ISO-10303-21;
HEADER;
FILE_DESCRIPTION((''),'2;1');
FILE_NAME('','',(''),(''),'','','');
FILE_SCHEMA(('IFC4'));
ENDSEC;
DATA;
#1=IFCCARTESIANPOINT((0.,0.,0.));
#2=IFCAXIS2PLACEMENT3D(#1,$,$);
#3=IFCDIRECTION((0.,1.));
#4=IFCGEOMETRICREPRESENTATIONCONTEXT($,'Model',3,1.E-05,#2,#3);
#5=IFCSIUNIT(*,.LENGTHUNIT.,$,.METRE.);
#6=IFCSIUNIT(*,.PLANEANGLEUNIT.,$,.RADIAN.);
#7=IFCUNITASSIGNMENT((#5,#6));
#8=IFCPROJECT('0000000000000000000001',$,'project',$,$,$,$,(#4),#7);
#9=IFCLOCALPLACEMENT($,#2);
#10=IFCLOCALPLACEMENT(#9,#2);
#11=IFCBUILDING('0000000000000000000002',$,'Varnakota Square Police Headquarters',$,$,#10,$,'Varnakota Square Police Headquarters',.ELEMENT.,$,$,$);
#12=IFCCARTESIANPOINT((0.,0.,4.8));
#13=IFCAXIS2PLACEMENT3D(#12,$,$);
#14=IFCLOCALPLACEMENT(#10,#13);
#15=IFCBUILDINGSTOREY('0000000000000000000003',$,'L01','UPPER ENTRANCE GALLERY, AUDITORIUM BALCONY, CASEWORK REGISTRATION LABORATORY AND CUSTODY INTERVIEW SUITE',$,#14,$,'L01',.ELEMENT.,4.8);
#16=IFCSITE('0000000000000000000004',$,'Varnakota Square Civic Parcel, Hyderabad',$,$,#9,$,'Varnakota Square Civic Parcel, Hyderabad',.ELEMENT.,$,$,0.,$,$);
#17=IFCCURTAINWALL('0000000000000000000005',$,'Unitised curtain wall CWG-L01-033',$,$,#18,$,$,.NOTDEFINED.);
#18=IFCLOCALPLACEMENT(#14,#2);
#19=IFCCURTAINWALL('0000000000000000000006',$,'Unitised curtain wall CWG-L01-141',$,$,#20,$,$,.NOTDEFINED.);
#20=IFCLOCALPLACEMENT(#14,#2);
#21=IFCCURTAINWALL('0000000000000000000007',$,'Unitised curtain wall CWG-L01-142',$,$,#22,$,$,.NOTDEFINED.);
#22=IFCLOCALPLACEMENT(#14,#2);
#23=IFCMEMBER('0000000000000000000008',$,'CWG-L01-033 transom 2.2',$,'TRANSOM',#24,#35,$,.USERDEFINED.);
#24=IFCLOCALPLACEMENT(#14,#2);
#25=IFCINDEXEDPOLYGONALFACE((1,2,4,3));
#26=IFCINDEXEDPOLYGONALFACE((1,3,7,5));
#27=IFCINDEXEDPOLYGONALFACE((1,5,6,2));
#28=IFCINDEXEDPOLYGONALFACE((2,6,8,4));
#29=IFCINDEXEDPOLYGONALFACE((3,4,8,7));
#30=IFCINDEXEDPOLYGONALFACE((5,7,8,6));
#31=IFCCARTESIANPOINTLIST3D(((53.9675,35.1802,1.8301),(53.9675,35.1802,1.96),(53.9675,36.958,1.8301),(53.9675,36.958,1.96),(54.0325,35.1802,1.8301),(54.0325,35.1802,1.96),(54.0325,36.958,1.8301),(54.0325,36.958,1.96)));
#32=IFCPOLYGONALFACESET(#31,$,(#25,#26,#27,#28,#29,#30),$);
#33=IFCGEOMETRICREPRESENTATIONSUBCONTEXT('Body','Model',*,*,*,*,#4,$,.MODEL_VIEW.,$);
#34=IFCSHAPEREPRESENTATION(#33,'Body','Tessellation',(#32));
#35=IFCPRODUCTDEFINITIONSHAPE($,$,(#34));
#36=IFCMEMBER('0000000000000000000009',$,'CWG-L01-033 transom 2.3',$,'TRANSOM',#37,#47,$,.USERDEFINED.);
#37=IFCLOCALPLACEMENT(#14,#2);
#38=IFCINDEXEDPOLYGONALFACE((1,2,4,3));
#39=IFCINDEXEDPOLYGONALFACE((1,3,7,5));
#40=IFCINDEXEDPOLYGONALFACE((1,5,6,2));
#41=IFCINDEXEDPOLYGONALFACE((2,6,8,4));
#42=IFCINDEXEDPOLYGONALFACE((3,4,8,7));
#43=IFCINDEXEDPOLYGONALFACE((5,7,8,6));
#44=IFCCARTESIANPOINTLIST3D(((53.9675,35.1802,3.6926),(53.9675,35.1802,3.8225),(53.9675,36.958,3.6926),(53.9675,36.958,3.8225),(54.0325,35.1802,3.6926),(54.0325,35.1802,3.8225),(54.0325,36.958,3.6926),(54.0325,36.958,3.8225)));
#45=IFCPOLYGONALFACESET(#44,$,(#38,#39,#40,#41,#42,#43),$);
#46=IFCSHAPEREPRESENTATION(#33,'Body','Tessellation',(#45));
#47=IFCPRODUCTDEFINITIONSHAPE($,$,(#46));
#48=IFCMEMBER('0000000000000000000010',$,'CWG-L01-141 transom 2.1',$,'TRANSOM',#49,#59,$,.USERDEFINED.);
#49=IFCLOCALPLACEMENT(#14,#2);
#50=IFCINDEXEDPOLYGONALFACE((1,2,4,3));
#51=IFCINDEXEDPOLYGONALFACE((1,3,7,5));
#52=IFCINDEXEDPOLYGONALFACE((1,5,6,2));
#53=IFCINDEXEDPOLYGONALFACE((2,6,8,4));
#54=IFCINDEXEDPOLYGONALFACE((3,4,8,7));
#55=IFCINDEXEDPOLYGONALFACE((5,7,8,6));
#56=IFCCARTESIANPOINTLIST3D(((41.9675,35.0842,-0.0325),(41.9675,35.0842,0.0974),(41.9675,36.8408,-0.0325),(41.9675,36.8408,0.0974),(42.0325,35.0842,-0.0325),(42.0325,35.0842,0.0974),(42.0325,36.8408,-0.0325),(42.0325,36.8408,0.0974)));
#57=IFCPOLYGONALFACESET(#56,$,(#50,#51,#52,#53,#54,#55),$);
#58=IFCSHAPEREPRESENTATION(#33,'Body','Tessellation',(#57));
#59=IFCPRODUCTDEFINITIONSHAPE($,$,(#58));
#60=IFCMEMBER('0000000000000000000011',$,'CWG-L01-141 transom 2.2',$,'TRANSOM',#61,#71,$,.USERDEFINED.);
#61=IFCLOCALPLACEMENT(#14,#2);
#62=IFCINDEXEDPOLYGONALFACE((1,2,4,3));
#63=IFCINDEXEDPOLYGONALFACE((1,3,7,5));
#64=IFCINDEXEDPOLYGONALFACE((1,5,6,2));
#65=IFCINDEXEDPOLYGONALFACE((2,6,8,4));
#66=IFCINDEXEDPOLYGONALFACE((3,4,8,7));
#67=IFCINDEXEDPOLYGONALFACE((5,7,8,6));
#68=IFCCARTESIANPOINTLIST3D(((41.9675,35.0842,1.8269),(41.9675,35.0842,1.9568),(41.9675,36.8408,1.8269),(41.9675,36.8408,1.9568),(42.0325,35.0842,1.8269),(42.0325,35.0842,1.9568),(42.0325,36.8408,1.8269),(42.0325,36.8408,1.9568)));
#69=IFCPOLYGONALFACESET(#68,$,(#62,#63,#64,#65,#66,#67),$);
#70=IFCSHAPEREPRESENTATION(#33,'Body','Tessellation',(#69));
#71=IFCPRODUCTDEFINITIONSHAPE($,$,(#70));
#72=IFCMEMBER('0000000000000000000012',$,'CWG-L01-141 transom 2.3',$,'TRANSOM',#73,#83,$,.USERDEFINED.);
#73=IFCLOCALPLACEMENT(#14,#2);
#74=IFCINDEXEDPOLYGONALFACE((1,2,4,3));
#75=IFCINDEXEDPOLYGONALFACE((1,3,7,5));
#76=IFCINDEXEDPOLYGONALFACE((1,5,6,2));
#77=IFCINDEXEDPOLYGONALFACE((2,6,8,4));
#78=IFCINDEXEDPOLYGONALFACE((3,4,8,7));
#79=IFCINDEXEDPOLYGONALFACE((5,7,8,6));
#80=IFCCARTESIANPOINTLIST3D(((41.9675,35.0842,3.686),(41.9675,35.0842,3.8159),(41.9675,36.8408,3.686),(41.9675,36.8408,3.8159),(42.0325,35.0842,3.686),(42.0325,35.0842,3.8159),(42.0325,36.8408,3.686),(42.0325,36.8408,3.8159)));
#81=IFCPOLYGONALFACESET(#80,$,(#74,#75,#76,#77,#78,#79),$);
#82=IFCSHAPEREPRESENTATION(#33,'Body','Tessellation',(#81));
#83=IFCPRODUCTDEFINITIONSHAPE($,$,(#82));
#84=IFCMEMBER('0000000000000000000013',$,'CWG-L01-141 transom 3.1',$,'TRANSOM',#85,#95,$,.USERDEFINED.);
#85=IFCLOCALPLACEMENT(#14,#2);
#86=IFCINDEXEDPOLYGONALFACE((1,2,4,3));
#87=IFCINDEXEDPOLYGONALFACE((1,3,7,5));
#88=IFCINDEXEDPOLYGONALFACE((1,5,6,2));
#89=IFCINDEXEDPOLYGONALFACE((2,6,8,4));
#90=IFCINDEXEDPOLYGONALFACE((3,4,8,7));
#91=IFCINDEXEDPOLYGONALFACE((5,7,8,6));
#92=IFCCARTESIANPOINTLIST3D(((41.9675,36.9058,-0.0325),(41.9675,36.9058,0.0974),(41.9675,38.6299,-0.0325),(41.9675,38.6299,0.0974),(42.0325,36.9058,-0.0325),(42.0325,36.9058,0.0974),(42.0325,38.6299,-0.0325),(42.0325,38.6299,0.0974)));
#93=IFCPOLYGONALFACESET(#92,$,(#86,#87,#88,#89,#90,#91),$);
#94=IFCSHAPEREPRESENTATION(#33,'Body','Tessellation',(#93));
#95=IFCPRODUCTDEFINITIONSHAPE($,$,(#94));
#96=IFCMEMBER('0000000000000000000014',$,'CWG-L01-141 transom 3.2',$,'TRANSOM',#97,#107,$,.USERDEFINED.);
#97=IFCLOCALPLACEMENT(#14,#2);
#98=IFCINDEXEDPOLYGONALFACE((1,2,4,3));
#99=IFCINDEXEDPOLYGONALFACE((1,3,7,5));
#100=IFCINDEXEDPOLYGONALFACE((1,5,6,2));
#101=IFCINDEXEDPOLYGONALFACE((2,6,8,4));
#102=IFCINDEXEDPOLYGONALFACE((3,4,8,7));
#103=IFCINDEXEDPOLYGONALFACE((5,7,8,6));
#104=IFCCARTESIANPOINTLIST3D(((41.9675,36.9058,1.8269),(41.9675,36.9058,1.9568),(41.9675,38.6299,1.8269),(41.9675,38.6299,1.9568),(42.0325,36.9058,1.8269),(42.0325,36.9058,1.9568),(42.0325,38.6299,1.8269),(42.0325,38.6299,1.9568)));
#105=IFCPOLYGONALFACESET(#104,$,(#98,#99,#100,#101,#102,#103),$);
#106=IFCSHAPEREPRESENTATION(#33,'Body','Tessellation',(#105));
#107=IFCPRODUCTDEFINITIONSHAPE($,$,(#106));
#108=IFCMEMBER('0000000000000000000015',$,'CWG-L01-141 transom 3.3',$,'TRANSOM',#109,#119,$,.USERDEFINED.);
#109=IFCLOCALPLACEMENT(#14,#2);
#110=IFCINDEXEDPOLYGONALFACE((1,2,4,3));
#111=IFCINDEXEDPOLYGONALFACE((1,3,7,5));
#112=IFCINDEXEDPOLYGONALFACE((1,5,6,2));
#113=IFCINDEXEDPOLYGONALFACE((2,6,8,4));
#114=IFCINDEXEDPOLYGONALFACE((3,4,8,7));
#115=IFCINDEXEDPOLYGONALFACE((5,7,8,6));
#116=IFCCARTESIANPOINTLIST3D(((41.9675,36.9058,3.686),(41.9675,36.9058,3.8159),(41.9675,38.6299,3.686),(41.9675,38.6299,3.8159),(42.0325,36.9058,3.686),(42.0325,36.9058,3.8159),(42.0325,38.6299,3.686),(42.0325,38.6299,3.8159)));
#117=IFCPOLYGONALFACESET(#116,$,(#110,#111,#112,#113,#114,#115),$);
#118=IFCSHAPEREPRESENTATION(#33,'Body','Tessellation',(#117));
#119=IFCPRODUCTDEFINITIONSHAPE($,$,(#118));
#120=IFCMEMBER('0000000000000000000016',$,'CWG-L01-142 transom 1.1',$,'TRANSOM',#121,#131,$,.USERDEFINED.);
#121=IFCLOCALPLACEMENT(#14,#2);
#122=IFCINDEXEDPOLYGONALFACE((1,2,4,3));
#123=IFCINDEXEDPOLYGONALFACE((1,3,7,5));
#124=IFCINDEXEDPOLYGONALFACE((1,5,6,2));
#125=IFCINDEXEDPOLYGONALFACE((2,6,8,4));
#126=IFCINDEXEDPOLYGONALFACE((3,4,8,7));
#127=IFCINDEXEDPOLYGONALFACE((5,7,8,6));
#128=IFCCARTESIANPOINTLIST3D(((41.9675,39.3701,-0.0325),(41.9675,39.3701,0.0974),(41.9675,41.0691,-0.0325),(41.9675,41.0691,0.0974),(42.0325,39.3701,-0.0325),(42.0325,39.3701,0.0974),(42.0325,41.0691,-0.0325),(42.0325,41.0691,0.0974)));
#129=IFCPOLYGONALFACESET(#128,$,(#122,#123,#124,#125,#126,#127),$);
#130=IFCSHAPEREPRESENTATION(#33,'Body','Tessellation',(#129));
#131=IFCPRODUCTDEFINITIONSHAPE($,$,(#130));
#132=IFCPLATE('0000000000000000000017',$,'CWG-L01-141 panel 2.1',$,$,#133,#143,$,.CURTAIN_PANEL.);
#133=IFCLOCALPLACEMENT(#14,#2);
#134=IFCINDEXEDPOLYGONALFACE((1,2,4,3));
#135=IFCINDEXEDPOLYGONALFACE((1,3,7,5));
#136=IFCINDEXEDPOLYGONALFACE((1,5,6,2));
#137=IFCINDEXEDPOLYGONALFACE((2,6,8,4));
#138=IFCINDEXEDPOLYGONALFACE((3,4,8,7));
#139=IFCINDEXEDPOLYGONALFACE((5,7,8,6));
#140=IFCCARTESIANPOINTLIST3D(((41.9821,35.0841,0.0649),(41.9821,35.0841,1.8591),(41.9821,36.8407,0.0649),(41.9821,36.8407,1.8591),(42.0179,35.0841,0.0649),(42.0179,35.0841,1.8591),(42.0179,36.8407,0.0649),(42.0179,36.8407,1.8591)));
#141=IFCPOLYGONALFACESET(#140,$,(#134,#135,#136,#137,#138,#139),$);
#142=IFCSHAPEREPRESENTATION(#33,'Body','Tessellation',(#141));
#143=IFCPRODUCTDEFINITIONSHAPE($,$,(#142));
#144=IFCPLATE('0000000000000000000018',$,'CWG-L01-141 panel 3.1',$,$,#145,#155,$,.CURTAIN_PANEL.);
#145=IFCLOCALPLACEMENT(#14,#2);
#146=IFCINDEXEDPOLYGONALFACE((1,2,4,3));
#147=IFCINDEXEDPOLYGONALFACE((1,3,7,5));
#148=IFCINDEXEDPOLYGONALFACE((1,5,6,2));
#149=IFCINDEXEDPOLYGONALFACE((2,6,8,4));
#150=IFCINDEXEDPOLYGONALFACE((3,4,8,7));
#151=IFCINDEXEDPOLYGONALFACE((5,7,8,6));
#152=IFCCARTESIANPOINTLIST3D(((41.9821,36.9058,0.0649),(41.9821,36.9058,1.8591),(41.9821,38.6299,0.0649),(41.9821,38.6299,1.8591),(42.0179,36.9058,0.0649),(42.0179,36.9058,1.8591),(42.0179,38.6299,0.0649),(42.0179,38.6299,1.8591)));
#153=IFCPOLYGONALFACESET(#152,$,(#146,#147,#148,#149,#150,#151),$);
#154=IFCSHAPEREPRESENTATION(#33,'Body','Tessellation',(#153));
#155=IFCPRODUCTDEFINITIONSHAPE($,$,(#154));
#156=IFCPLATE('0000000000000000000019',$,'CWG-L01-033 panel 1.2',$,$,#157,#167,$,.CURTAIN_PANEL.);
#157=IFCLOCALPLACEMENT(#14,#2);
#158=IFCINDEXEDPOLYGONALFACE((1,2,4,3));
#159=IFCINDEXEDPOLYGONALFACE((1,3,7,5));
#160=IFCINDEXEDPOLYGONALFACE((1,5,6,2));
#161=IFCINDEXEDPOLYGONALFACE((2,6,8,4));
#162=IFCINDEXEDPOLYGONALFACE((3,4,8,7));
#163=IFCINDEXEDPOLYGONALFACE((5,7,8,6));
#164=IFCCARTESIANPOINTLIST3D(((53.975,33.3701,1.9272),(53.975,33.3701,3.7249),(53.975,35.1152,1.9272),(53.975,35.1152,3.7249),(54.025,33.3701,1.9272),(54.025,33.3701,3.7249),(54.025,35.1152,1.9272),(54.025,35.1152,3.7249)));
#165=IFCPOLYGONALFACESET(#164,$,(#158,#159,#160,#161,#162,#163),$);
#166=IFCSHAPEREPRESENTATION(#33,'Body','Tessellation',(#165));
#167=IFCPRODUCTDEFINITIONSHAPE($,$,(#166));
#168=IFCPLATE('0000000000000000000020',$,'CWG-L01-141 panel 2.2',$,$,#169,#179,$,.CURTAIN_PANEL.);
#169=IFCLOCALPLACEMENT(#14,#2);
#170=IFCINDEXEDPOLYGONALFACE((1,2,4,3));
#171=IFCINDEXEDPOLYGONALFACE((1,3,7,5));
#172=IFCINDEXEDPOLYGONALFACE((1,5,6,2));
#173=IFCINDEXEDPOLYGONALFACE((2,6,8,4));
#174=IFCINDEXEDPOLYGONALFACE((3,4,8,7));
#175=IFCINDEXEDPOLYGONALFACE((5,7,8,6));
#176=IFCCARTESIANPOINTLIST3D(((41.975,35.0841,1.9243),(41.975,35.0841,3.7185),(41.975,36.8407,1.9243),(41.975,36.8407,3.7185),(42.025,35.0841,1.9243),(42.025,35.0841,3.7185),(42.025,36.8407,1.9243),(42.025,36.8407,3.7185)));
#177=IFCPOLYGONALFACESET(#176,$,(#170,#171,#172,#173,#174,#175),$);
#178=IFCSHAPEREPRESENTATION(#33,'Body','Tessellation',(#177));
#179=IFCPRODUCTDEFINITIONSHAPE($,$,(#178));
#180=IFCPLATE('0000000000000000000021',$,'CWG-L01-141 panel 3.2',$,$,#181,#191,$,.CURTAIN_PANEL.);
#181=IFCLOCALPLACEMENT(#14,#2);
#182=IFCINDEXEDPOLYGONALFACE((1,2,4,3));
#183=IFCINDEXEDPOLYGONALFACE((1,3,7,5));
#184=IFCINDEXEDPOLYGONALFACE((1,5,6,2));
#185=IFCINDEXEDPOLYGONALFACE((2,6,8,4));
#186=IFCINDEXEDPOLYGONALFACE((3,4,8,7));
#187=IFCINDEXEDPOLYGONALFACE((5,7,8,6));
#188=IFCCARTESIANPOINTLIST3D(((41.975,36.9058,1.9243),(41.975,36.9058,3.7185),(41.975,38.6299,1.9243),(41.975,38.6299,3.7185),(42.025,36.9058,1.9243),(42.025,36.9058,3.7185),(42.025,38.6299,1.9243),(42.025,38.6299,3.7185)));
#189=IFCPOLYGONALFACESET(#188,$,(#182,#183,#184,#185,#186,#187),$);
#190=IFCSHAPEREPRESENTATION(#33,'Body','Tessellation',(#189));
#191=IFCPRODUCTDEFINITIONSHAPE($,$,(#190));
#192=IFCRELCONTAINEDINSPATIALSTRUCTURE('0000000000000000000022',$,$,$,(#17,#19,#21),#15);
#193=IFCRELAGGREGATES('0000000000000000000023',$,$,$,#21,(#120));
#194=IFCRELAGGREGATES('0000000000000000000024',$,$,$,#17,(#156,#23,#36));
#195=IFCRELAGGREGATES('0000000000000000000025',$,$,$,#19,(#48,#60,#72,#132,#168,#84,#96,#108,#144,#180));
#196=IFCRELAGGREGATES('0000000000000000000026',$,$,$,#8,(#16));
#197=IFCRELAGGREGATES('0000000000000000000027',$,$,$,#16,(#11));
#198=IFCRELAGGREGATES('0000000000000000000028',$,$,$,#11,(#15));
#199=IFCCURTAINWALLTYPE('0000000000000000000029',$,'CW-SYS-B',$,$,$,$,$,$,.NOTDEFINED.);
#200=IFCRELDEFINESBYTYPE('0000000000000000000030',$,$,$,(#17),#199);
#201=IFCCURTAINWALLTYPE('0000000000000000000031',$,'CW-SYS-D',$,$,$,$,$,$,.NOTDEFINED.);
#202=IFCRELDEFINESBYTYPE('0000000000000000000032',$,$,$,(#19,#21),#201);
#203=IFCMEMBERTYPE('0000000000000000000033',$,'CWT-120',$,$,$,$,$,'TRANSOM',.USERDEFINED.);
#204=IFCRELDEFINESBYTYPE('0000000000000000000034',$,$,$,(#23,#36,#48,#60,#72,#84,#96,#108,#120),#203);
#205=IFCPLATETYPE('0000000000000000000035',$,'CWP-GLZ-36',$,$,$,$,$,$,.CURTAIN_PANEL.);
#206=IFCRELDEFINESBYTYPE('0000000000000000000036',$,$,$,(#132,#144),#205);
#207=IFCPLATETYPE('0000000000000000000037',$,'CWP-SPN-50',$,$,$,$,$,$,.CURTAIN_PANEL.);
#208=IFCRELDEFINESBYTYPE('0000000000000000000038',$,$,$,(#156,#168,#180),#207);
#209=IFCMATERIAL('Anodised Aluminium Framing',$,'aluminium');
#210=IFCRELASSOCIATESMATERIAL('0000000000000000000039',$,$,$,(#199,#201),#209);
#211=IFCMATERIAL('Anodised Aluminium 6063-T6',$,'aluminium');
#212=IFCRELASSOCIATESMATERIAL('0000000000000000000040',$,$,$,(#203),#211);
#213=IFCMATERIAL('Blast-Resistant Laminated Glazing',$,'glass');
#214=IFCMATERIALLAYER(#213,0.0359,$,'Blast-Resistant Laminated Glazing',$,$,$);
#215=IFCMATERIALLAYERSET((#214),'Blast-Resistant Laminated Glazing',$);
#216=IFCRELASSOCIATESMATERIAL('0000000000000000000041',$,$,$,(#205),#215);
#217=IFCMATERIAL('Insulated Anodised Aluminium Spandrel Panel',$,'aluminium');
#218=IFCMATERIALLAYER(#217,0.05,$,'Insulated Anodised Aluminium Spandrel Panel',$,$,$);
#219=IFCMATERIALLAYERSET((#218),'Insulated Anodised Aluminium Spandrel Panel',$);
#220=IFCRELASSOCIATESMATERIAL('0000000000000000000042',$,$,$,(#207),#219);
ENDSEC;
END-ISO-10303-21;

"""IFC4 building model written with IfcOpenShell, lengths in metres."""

from ifc_helpers import new_model, si_unit, direction, frame, origin, origin_2d, place, context, subcontext, project, spatial, rectangle, extrude, material, layer, layer_set, material_profile, profile_set, type_object, element, aggregate, save


model = new_model("IFC4")

# Units and contexts
model_context = context("Model", 3, precision=1e-05, world=origin(), true_north=direction((0.0, 1.0)))
body_context = subcontext(model_context, "Body", "Model", "MODEL_VIEW")
ifc_project = project(units=[si_unit("LENGTHUNIT", "METRE"), si_unit("PLANEANGLEUNIT", "RADIAN")], contexts=[model_context])

# Site, building, storey
site_placement = place(None, origin())
site = spatial("IfcSite", under=ifc_project, at=site_placement, Name="Varnakota Square Civic Parcel, Hyderabad", LongName="Varnakota Square Civic Parcel, Hyderabad", CompositionType="ELEMENT", RefElevation=0.0)
building_placement = place(site_placement, origin())
building = spatial("IfcBuilding", under=site, at=building_placement, Name="Varnakota Square Police Headquarters", LongName="Varnakota Square Police Headquarters", CompositionType="ELEMENT")
storey_placement = place(building_placement, frame((0.0, 0.0, 4.8)))
storey = spatial("IfcBuildingStorey", under=building, at=storey_placement, Name="L01", Description="UPPER ENTRANCE GALLERY, AUDITORIUM BALCONY, CASEWORK REGISTRATION LABORATORY AND CUSTODY INTERVIEW SUITE", LongName="L01", CompositionType="ELEMENT", Elevation=4.8)

# Curtain wall
ifc_material_1 = material(Name="Anodised Aluminium Framing", Category="aluminium")
curtain_wall_type_1 = type_object("IfcCurtainWallType", Name="CW-SYS-B", PredefinedType="NOTDEFINED", material=ifc_material_1)
curtain_wall_1_placement = place(storey_placement, origin())
curtain_wall_1 = element("IfcCurtainWall", 1, at=curtain_wall_1_placement, inside=storey, type_object=curtain_wall_type_1, Name="Unitised curtain wall CWG-L01-033", PredefinedType="NOTDEFINED")
ifc_material_2 = material(Name="Anodised Aluminium 6063-T6", Category="aluminium")

# Curtain wall
curtain_wall_type_2 = type_object("IfcCurtainWallType", Name="CW-SYS-D", PredefinedType="NOTDEFINED", material=ifc_material_1)
curtain_wall_2_placement = place(storey_placement, origin())
curtain_wall_2 = element("IfcCurtainWall", 2, at=curtain_wall_2_placement, inside=storey, type_object=curtain_wall_type_2, Name="Unitised curtain wall CWG-L01-141", PredefinedType="NOTDEFINED")

# Curtain wall
curtain_wall_3_placement = place(storey_placement, origin())
curtain_wall_3 = element("IfcCurtainWall", 3, at=curtain_wall_3_placement, inside=storey, type_object=curtain_wall_type_2, Name="Unitised curtain wall CWG-L01-142", PredefinedType="NOTDEFINED")

# Members
ifc_material_profile_1 = material_profile(ifc_material_2, rectangle(XDim=0.0649, YDim=0.1299, at=origin_2d()), Name="ALU TRANSOM 65x130")
ifc_profile_set_1 = profile_set([ifc_material_profile_1], Name="Anodised Aluminium 6063-T6")
member_type_1 = type_object("IfcMemberType", Name="CWT-120", ElementType="TRANSOM", PredefinedType="USERDEFINED", material=ifc_profile_set_1)
member_1_placement = place(storey_placement, frame((54.0, 35.1802, 1.895), z_axis=(0.0, 1.0, 0.0), x_axis=(-1.0, 0.0, 0.0)))
member_1 = element("IfcMember", 4, at=member_1_placement, type_object=member_type_1, Name="CWG-L01-033 transom 2.2", ObjectType="TRANSOM", PredefinedType="USERDEFINED", context=body_context, shape_type="SweptSolid", body=[
    extrude(rectangle(XDim=0.0649, YDim=0.1299, at=origin_2d()), origin(), (0.0, 0.0, 1.0), 1.7778),
])
member_2_placement = place(storey_placement, frame((54.0, 35.1802, 3.7576), z_axis=(0.0, 1.0, 0.0), x_axis=(-1.0, 0.0, 0.0)))
member_2 = element("IfcMember", 5, at=member_2_placement, type_object=member_type_1, Name="CWG-L01-033 transom 2.3", ObjectType="TRANSOM", PredefinedType="USERDEFINED", context=body_context, shape_type="SweptSolid", body=[
    extrude(rectangle(XDim=0.0649, YDim=0.1299, at=origin_2d()), origin(), (0.0, 0.0, 1.0), 1.7778),
])
member_3_placement = place(storey_placement, frame((42.0, 35.0842, 0.0325), z_axis=(0.0, 1.0, 0.0), x_axis=(-1.0, 0.0, 0.0)))
member_3 = element("IfcMember", 6, at=member_3_placement, type_object=member_type_1, Name="CWG-L01-141 transom 2.1", ObjectType="TRANSOM", PredefinedType="USERDEFINED", context=body_context, shape_type="SweptSolid", body=[
    extrude(rectangle(XDim=0.0649, YDim=0.1299, at=origin_2d()), origin(), (0.0, 0.0, 1.0), 1.7566),
])
member_4_placement = place(storey_placement, frame((42.0, 35.0842, 1.8918), z_axis=(0.0, 1.0, 0.0), x_axis=(-1.0, 0.0, 0.0)))
member_4 = element("IfcMember", 7, at=member_4_placement, type_object=member_type_1, Name="CWG-L01-141 transom 2.2", ObjectType="TRANSOM", PredefinedType="USERDEFINED", context=body_context, shape_type="SweptSolid", body=[
    extrude(rectangle(XDim=0.0649, YDim=0.1299, at=origin_2d()), origin(), (0.0, 0.0, 1.0), 1.7566),
])
member_5_placement = place(storey_placement, frame((42.0, 35.0842, 3.751), z_axis=(0.0, 1.0, 0.0), x_axis=(-1.0, 0.0, 0.0)))
member_5 = element("IfcMember", 8, at=member_5_placement, type_object=member_type_1, Name="CWG-L01-141 transom 2.3", ObjectType="TRANSOM", PredefinedType="USERDEFINED", context=body_context, shape_type="SweptSolid", body=[
    extrude(rectangle(XDim=0.0649, YDim=0.1299, at=origin_2d()), origin(), (0.0, 0.0, 1.0), 1.7566),
])
member_6_placement = place(storey_placement, frame((42.0, 36.9058, 0.0325), z_axis=(0.0, 1.0, 0.0), x_axis=(-1.0, 0.0, 0.0)))
member_6 = element("IfcMember", 9, at=member_6_placement, type_object=member_type_1, Name="CWG-L01-141 transom 3.1", ObjectType="TRANSOM", PredefinedType="USERDEFINED", context=body_context, shape_type="SweptSolid", body=[
    extrude(rectangle(XDim=0.0649, YDim=0.1299, at=origin_2d()), origin(), (0.0, 0.0, 1.0), 1.7241),
])
member_7_placement = place(storey_placement, frame((42.0, 36.9058, 1.8918), z_axis=(0.0, 1.0, 0.0), x_axis=(-1.0, 0.0, 0.0)))
member_7 = element("IfcMember", 10, at=member_7_placement, type_object=member_type_1, Name="CWG-L01-141 transom 3.2", ObjectType="TRANSOM", PredefinedType="USERDEFINED", context=body_context, shape_type="SweptSolid", body=[
    extrude(rectangle(XDim=0.0649, YDim=0.1299, at=origin_2d()), origin(), (0.0, 0.0, 1.0), 1.7241),
])
member_8_placement = place(storey_placement, frame((42.0, 36.9058, 3.751), z_axis=(0.0, 1.0, 0.0), x_axis=(-1.0, 0.0, 0.0)))
member_8 = element("IfcMember", 11, at=member_8_placement, type_object=member_type_1, Name="CWG-L01-141 transom 3.3", ObjectType="TRANSOM", PredefinedType="USERDEFINED", context=body_context, shape_type="SweptSolid", body=[
    extrude(rectangle(XDim=0.0649, YDim=0.1299, at=origin_2d()), origin(), (0.0, 0.0, 1.0), 1.7241),
])
member_9_placement = place(storey_placement, frame((42.0, 39.3701, 0.0325), z_axis=(0.0, 1.0, 0.0), x_axis=(-1.0, 0.0, 0.0)))
member_9 = element("IfcMember", 12, at=member_9_placement, type_object=member_type_1, Name="CWG-L01-142 transom 1.1", ObjectType="TRANSOM", PredefinedType="USERDEFINED", context=body_context, shape_type="SweptSolid", body=[
    extrude(rectangle(XDim=0.0649, YDim=0.1299, at=origin_2d()), origin(), (0.0, 0.0, 1.0), 1.699),
])
aggregate(curtain_wall_3, [member_9])

# Plates
ifc_material_3 = material(Name="Blast-Resistant Laminated Glazing", Category="glass")
ifc_layer_1 = layer(ifc_material_3, 0.0359, Name="Blast-Resistant Laminated Glazing")
ifc_layer_set_1 = layer_set([ifc_layer_1], Name="Blast-Resistant Laminated Glazing")
plate_type_1 = type_object("IfcPlateType", Name="CWP-GLZ-36", PredefinedType="CURTAIN_PANEL", material=ifc_layer_set_1)
plate_1_placement = place(storey_placement, frame((42.0, 35.9624, 0.0649), z_axis=(0.0, 0.0, 1.0), x_axis=(0.0, 1.0, 0.0)))
plate_1 = element("IfcPlate", 13, at=plate_1_placement, type_object=plate_type_1, Name="CWG-L01-141 panel 2.1", PredefinedType="CURTAIN_PANEL", context=body_context, shape_type="SweptSolid", body=[
    extrude(rectangle(XDim=1.7566, YDim=0.0359, at=origin_2d()), origin(), (0.0, 0.0, 1.0), 1.7942),
])
plate_2_placement = place(storey_placement, frame((42.0, 37.7678, 0.0649), z_axis=(0.0, 0.0, 1.0), x_axis=(0.0, 1.0, 0.0)))
plate_2 = element("IfcPlate", 14, at=plate_2_placement, type_object=plate_type_1, Name="CWG-L01-141 panel 3.1", PredefinedType="CURTAIN_PANEL", context=body_context, shape_type="SweptSolid", body=[
    extrude(rectangle(XDim=1.7241, YDim=0.0359, at=origin_2d()), origin(), (0.0, 0.0, 1.0), 1.7942),
])
ifc_material_4 = material(Name="Insulated Anodised Aluminium Spandrel Panel", Category="aluminium")
ifc_layer_2 = layer(ifc_material_4, 0.05, Name="Insulated Anodised Aluminium Spandrel Panel")
ifc_layer_set_2 = layer_set([ifc_layer_2], Name="Insulated Anodised Aluminium Spandrel Panel")
plate_type_2 = type_object("IfcPlateType", Name="CWP-SPN-50", PredefinedType="CURTAIN_PANEL", material=ifc_layer_set_2)
plate_3_placement = place(storey_placement, frame((54.0, 34.2427, 1.9272), z_axis=(0.0, 0.0, 1.0), x_axis=(0.0, 1.0, 0.0)))
plate_3 = element("IfcPlate", 15, at=plate_3_placement, type_object=plate_type_2, Name="CWG-L01-033 panel 1.2", PredefinedType="CURTAIN_PANEL", context=body_context, shape_type="SweptSolid", body=[
    extrude(rectangle(XDim=1.7451, YDim=0.05, at=origin_2d()), origin(), (0.0, 0.0, 1.0), 1.7976),
])
aggregate(curtain_wall_1, [plate_3, member_1, member_2])
plate_4_placement = place(storey_placement, frame((42.0, 35.9624, 1.9243), z_axis=(0.0, 0.0, 1.0), x_axis=(0.0, 1.0, 0.0)))
plate_4 = element("IfcPlate", 16, at=plate_4_placement, type_object=plate_type_2, Name="CWG-L01-141 panel 2.2", PredefinedType="CURTAIN_PANEL", context=body_context, shape_type="SweptSolid", body=[
    extrude(rectangle(XDim=1.7566, YDim=0.05, at=origin_2d()), origin(), (0.0, 0.0, 1.0), 1.7942),
])
plate_5_placement = place(storey_placement, frame((42.0, 37.7678, 1.9243), z_axis=(0.0, 0.0, 1.0), x_axis=(0.0, 1.0, 0.0)))
plate_5 = element("IfcPlate", 17, at=plate_5_placement, type_object=plate_type_2, Name="CWG-L01-141 panel 3.2", PredefinedType="CURTAIN_PANEL", context=body_context, shape_type="SweptSolid", body=[
    extrude(rectangle(XDim=1.7241, YDim=0.05, at=origin_2d()), origin(), (0.0, 0.0, 1.0), 1.7942),
])
aggregate(curtain_wall_2, [member_3, member_4, member_5, plate_1, plate_4, member_6, member_7, member_8, plate_2, plate_5])

save(model, "model.ifc")
